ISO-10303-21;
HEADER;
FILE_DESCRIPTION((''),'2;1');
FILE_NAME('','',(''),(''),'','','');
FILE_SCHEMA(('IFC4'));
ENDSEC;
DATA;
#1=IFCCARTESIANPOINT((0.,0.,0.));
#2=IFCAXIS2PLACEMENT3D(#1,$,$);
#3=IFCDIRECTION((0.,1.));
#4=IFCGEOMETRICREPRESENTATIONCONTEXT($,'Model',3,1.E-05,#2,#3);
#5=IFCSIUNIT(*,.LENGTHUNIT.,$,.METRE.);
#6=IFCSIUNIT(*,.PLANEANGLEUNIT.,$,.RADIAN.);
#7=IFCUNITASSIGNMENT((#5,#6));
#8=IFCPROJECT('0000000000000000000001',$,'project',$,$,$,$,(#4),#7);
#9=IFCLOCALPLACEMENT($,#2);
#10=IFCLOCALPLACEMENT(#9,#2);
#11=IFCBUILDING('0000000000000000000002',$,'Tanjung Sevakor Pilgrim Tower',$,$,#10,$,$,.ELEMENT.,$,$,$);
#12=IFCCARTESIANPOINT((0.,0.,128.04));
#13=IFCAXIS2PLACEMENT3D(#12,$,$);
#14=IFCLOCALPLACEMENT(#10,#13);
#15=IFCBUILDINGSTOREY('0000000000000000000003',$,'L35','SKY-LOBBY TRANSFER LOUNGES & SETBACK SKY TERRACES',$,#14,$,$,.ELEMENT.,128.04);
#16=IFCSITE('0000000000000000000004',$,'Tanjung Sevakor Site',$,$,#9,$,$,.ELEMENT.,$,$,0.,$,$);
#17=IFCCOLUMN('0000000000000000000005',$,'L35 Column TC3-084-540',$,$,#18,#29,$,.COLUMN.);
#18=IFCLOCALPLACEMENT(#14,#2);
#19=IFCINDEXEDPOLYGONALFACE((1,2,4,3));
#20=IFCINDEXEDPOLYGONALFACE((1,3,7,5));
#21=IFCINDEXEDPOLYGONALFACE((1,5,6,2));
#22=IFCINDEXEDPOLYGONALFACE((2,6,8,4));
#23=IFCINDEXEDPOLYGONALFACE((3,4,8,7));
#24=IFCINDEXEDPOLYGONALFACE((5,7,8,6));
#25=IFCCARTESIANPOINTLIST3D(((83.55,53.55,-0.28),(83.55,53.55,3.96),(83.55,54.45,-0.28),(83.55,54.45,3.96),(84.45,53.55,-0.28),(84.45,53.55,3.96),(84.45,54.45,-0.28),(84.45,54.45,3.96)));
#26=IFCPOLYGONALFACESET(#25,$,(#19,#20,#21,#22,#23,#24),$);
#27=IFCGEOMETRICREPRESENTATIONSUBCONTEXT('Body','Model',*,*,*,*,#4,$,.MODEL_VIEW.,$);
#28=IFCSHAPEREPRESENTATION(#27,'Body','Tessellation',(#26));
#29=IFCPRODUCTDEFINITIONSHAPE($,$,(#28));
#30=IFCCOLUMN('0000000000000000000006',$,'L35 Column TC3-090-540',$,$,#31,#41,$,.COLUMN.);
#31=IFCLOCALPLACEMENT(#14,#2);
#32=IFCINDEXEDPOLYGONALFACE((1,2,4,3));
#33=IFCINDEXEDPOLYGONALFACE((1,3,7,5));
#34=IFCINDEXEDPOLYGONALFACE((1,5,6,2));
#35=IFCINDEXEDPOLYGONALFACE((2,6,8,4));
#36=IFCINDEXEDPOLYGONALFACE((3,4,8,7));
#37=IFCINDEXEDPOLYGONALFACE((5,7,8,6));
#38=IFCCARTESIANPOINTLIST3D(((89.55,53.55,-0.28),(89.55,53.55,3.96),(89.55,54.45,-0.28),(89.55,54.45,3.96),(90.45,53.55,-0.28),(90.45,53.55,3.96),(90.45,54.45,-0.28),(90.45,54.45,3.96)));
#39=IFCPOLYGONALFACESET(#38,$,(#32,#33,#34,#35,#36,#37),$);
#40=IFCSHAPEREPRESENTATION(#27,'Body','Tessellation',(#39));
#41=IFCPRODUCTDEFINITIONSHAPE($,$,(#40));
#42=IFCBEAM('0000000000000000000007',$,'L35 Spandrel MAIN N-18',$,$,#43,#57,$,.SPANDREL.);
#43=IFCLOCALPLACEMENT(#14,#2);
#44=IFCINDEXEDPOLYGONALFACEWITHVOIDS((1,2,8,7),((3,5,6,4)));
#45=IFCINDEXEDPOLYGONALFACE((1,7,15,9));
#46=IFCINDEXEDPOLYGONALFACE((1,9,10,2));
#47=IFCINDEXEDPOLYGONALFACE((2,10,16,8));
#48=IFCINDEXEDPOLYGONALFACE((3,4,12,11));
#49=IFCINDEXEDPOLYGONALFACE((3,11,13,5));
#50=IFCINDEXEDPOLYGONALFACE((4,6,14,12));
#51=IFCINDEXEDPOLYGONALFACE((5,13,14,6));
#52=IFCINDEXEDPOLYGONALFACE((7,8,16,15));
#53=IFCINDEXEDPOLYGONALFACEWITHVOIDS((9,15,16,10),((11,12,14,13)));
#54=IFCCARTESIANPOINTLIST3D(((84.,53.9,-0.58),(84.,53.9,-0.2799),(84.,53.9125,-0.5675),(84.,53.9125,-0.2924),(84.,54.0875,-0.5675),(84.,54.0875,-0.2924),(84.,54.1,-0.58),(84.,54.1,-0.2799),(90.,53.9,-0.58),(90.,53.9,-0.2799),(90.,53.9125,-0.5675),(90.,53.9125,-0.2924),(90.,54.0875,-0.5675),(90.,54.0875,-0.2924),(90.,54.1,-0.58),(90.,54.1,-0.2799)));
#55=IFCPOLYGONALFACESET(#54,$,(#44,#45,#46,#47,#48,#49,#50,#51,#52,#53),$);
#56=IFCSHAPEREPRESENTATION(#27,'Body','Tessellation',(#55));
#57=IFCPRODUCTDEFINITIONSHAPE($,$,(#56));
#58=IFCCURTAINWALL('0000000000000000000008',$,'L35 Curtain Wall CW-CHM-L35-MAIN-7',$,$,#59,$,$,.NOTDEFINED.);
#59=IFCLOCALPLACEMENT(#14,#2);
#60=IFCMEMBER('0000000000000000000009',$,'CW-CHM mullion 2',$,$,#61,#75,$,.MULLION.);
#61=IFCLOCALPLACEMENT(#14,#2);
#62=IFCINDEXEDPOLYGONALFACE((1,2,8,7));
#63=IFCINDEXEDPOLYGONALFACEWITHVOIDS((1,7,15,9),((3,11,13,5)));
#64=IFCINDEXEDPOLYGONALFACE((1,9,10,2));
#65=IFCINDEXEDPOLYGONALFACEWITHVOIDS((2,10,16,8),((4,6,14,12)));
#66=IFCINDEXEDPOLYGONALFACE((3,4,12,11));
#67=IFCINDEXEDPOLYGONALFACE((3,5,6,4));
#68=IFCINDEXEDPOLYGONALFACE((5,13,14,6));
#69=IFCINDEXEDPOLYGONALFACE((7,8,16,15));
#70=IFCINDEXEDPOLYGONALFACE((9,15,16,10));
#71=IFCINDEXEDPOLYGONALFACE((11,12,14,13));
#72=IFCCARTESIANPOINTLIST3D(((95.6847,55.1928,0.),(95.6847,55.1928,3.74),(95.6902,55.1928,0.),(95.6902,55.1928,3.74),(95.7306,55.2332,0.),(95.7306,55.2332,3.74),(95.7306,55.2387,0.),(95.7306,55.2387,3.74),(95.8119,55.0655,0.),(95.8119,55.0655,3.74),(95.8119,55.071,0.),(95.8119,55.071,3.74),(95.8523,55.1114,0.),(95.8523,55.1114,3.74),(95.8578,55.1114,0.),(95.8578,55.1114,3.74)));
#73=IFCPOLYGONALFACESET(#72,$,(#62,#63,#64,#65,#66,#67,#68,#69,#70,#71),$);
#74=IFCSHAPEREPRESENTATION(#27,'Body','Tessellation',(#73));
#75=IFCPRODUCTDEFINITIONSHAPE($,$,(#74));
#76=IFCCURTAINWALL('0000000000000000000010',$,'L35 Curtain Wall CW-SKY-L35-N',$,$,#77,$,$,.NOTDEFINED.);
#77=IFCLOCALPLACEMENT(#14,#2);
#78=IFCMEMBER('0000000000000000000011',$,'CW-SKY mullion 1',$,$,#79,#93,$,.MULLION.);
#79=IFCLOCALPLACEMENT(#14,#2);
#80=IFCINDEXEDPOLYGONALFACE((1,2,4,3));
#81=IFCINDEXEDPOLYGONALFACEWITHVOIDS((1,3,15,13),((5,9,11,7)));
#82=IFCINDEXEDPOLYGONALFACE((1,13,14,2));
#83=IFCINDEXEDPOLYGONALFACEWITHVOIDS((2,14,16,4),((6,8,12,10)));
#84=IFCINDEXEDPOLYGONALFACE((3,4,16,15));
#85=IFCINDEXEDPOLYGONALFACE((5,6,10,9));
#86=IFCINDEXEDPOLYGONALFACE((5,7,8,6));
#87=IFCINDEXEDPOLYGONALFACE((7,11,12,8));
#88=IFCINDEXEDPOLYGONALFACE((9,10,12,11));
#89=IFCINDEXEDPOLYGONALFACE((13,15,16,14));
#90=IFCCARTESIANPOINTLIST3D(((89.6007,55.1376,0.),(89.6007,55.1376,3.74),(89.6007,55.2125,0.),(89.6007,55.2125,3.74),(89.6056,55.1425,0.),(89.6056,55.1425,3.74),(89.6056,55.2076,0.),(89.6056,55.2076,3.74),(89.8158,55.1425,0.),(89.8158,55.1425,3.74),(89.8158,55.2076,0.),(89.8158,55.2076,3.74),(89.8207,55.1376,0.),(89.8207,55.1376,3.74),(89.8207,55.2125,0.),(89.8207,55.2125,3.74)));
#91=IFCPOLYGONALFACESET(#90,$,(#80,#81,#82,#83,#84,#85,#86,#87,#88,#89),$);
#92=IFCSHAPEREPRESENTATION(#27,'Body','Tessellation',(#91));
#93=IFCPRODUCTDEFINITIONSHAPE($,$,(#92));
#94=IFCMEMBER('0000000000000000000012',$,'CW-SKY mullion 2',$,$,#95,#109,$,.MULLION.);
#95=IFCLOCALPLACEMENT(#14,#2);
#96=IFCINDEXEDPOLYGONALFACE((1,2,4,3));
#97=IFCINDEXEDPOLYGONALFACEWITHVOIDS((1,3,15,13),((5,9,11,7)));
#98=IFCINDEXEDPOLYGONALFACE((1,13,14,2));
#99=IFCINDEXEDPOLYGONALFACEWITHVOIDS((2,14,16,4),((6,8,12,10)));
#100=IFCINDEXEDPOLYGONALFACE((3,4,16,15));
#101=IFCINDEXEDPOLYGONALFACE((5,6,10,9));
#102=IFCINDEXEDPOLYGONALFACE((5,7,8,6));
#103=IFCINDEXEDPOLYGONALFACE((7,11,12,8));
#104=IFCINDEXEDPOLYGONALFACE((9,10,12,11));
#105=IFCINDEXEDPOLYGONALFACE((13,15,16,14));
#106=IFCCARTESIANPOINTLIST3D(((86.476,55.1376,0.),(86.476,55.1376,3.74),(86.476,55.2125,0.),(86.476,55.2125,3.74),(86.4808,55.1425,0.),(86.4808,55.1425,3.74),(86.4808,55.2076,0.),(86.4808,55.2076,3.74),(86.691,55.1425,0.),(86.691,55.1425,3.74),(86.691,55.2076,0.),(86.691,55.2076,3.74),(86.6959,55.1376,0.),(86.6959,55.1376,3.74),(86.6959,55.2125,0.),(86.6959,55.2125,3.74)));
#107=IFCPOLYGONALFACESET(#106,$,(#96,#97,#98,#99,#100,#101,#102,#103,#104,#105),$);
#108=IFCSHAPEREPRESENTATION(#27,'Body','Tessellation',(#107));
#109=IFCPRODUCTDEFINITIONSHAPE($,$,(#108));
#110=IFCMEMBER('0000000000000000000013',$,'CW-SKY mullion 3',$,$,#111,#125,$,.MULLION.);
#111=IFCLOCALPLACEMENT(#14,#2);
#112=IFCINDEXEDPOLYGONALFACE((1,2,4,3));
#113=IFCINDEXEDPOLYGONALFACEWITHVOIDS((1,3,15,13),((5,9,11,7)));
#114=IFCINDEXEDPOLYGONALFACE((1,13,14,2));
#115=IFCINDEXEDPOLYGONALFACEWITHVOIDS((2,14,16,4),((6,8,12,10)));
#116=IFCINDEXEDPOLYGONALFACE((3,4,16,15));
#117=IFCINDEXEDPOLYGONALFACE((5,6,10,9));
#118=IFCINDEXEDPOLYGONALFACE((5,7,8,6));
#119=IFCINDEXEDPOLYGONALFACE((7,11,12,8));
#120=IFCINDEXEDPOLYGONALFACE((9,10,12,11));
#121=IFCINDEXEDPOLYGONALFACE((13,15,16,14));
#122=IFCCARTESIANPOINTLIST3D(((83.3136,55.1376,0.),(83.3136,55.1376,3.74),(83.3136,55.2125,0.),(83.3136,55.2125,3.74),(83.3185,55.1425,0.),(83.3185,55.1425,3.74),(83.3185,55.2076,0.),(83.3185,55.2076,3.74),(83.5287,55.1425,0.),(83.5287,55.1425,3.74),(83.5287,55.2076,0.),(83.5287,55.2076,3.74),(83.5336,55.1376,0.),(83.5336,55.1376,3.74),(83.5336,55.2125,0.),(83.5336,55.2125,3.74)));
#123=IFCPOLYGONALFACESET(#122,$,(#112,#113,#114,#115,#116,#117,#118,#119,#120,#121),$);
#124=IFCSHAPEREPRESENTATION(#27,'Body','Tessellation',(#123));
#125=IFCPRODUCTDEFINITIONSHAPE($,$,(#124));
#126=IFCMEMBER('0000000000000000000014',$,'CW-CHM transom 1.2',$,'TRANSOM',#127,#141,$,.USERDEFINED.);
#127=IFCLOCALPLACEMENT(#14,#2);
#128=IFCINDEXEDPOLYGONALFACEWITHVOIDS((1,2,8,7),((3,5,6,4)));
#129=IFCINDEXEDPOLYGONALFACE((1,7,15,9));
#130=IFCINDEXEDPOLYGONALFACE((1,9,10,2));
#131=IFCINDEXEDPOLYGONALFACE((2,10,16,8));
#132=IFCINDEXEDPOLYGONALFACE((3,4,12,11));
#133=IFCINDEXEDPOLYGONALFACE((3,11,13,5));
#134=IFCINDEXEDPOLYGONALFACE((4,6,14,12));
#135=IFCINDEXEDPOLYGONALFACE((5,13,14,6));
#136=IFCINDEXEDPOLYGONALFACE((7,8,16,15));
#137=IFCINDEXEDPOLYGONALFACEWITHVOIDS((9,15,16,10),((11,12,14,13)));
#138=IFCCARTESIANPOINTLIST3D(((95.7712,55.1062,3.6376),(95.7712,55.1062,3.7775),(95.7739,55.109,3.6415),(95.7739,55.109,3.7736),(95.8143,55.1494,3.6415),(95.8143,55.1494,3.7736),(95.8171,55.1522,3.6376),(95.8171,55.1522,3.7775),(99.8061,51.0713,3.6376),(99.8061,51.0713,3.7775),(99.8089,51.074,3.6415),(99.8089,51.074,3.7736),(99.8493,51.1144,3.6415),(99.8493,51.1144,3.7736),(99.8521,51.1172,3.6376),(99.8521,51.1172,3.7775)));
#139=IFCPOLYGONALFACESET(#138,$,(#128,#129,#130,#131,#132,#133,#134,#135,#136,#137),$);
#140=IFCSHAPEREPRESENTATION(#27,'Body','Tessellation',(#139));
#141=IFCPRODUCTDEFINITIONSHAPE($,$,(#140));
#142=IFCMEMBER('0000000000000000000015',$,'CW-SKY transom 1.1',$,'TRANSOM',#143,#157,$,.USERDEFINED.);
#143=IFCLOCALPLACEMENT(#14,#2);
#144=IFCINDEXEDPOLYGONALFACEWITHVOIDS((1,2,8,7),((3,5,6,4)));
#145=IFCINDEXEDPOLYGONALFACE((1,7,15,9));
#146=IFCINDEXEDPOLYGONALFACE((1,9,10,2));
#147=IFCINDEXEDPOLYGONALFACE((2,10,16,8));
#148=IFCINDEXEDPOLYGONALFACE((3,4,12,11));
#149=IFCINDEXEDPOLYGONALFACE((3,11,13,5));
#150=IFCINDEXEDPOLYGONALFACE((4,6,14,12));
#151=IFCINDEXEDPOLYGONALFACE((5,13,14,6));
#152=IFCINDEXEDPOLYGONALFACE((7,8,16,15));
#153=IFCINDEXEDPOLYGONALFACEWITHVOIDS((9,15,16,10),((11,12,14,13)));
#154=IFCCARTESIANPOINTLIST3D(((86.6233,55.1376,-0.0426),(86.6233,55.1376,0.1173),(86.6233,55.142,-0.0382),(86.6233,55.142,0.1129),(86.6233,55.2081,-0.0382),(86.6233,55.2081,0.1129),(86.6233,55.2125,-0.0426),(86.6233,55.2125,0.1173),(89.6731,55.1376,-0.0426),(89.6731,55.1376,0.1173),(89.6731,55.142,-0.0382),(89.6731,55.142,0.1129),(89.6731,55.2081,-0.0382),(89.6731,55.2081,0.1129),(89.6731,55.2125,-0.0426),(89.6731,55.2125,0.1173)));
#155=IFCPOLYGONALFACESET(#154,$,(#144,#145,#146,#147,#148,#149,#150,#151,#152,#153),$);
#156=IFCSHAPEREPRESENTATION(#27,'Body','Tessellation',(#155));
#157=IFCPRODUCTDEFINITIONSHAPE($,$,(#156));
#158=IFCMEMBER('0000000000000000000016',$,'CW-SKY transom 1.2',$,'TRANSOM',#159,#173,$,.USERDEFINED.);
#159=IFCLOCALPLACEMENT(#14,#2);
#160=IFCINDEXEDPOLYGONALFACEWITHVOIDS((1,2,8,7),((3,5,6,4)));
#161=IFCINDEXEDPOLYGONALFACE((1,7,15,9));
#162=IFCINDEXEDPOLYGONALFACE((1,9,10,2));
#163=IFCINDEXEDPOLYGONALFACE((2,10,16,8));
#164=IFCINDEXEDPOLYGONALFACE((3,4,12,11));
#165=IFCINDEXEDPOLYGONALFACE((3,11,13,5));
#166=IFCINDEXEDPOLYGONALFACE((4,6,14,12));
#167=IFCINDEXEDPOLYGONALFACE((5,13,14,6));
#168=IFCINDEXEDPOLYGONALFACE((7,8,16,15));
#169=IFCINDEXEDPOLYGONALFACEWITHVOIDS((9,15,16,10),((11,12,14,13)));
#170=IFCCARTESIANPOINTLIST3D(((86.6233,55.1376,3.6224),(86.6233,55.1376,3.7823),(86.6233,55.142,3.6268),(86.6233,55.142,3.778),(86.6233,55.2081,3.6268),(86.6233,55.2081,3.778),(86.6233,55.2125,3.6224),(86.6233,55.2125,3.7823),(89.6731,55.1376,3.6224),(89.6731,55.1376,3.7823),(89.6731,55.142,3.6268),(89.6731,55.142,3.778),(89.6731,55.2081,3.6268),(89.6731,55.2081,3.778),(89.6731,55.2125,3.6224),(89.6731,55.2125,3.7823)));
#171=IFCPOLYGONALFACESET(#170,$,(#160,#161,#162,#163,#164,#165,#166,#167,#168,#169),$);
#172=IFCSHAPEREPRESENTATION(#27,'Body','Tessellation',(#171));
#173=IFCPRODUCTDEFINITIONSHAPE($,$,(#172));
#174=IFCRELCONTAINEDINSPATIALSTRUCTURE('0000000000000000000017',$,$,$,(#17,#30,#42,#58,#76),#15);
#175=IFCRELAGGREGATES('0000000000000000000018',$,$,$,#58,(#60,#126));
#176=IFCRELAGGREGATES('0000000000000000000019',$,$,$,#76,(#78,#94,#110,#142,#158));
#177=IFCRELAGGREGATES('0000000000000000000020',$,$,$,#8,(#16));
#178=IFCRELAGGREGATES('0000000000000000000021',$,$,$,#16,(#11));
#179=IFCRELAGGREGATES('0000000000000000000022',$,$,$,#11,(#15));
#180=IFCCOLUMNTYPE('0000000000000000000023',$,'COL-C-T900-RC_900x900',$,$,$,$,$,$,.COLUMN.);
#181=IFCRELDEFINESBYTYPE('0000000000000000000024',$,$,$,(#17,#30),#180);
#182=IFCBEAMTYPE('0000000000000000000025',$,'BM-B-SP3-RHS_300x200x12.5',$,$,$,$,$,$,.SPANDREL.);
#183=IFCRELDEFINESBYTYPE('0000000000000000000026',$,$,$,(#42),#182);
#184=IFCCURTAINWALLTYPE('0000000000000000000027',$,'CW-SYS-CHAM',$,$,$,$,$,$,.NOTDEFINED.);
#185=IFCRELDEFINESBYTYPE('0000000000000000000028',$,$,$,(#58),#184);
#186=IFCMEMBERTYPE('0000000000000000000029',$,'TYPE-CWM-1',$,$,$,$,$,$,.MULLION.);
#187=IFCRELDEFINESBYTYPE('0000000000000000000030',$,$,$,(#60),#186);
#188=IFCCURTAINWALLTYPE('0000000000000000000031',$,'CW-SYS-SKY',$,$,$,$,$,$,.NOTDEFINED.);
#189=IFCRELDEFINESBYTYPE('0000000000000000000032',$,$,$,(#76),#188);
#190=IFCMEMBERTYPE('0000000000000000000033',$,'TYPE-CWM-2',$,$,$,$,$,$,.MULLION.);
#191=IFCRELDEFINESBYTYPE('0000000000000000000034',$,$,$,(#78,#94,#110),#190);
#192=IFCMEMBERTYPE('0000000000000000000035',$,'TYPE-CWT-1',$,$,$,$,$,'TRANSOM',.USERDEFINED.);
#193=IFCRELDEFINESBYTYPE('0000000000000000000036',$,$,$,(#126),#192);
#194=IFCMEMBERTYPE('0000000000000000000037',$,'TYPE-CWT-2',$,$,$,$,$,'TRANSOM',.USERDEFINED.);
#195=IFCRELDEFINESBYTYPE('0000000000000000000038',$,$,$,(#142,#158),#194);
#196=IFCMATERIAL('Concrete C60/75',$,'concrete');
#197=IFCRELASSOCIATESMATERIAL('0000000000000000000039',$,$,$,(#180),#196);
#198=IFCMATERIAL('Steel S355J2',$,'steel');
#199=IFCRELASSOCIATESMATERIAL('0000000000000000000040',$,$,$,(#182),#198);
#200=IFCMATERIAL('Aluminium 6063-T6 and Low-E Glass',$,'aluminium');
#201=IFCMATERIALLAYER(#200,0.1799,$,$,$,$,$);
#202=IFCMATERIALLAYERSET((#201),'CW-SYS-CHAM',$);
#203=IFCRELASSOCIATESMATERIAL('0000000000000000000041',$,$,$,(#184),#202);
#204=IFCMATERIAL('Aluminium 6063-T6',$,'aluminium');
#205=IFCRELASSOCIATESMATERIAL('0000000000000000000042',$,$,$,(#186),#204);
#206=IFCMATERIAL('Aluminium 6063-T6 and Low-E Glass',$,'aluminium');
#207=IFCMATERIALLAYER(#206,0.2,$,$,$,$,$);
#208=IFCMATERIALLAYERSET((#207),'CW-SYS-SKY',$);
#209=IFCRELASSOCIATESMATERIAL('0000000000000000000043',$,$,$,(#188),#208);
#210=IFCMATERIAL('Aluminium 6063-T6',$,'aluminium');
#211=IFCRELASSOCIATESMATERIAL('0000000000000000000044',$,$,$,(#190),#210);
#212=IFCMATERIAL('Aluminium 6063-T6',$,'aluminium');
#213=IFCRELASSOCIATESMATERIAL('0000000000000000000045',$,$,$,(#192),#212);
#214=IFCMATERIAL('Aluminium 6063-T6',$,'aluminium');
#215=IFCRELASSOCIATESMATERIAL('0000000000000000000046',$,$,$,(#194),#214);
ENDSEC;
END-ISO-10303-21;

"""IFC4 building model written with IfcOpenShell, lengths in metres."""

from ifc_helpers import new_model, si_unit, direction, frame, origin, origin_2d, place, context, subcontext, project, spatial, rectangle, hollow_rectangle, extrude, material, layer, layer_set, material_profile, profile_set, type_object, element, aggregate, save


model = new_model("IFC4")

# Units and contexts
model_context = context("Model", 3, precision=1e-05, world=origin(), true_north=direction((0.0, 1.0)))
body_context = subcontext(model_context, "Body", "Model", "MODEL_VIEW")
ifc_project = project(units=[si_unit("LENGTHUNIT", "METRE"), si_unit("PLANEANGLEUNIT", "RADIAN")], contexts=[model_context])

# Site, building, storey
site_placement = place(None, origin())
site = spatial("IfcSite", under=ifc_project, at=site_placement, Name="Tanjung Sevakor Site", CompositionType="ELEMENT", RefElevation=0.0)
building_placement = place(site_placement, origin())
building = spatial("IfcBuilding", under=site, at=building_placement, Name="Tanjung Sevakor Pilgrim Tower", CompositionType="ELEMENT")
storey_placement = place(building_placement, frame((0.0, 0.0, 128.04)))
storey = spatial("IfcBuildingStorey", under=building, at=storey_placement, Name="L35", Description="SKY-LOBBY TRANSFER LOUNGES & SETBACK SKY TERRACES", CompositionType="ELEMENT", Elevation=128.04)

# Columns
ifc_material_1 = material(Name="Concrete C60/75", Category="concrete")
ifc_material_profile_1 = material_profile(ifc_material_1, rectangle(XDim=0.8999, YDim=0.8999, at=origin_2d()))
ifc_profile_set_1 = profile_set([ifc_material_profile_1], Name="Concrete C60/75")
column_type = type_object("IfcColumnType", Name="COL-C-T900-RC_900x900", PredefinedType="COLUMN", material=ifc_profile_set_1)
for number, where, z_axis, x_axis, name in (
    (1, (84.0, 54.0, -0.28), (0.0, 0.0, 1.0), (1.0, 0.0, 0.0), "L35 Column TC3-084-540"),
    (2, (90.0, 54.0, -0.28), (0.0, 0.0, 1.0), (1.0, 0.0, 0.0), "L35 Column TC3-090-540"),
):
    element("IfcColumn", number, at=place(storey_placement, frame(where, z_axis=z_axis, x_axis=x_axis)), inside=storey, type_object=column_type, Name=name, PredefinedType="COLUMN", context=body_context, shape_type="SweptSolid", body=[
        extrude(rectangle(XDim=0.8999, YDim=0.8999, at=origin_2d()), origin(), (0.0, 0.0, 1.0), 4.24),
    ])

# Beam
ifc_material_2 = material(Name="Steel S355J2", Category="steel")
ifc_material_profile_2 = material_profile(ifc_material_2, hollow_rectangle(XDim=0.2, YDim=0.3, WallThickness=0.0125, at=origin_2d()))
ifc_profile_set_2 = profile_set([ifc_material_profile_2], Name="Steel S355J2")
beam_type = type_object("IfcBeamType", Name="BM-B-SP3-RHS_300x200x12.5", PredefinedType="SPANDREL", material=ifc_profile_set_2)
beam_placement = place(storey_placement, frame((84.0, 54.0, -0.4299), z_axis=(1.0, 0.0, 0.0), x_axis=(0.0, 1.0, 0.0)))
element("IfcBeam", 3, at=beam_placement, inside=storey, type_object=beam_type, Name="L35 Spandrel MAIN N-18", PredefinedType="SPANDREL", context=body_context, shape_type="SweptSolid", body=[
    extrude(hollow_rectangle(XDim=0.2, YDim=0.3, WallThickness=0.0125, at=origin_2d()), origin(), (0.0, 0.0, 1.0), 6.0),
])

# Curtain wall, member
ifc_material_3 = material(Name="Aluminium 6063-T6 and Low-E Glass", Category="aluminium")
ifc_layer_1 = layer(ifc_material_3, 0.1799)
ifc_layer_set_1 = layer_set([ifc_layer_1], Name="CW-SYS-CHAM")
curtain_wall_type_1 = type_object("IfcCurtainWallType", Name="CW-SYS-CHAM", PredefinedType="NOTDEFINED", material=ifc_layer_set_1)
curtain_wall_1_placement = place(storey_placement, origin())
curtain_wall_1 = element("IfcCurtainWall", 4, at=curtain_wall_1_placement, inside=storey, type_object=curtain_wall_type_1, Name="L35 Curtain Wall CW-CHM-L35-MAIN-7", PredefinedType="NOTDEFINED")
ifc_material_4 = material(Name="Aluminium 6063-T6", Category="aluminium")
ifc_material_profile_3 = material_profile(ifc_material_4, hollow_rectangle(XDim=0.0649, YDim=0.1799, WallThickness=0.0039, at=origin_2d()))
ifc_profile_set_3 = profile_set([ifc_material_profile_3], Name="Aluminium 6063-T6")
member_type_1 = type_object("IfcMemberType", Name="TYPE-CWM-1", PredefinedType="MULLION", material=ifc_profile_set_3)
member_1_placement = place(storey_placement, frame((95.7712, 55.1521, 0.0), z_axis=(0.0, 0.0, 1.0), x_axis=(-0.707107, -0.707107, 0.0)))
member_1 = element("IfcMember", 5, at=member_1_placement, type_object=member_type_1, Name="CW-CHM mullion 2", PredefinedType="MULLION", context=body_context, shape_type="SweptSolid", body=[
    extrude(hollow_rectangle(XDim=0.0649, YDim=0.1799, WallThickness=0.0039, at=origin_2d()), origin(), (0.0, 0.0, 1.0), 3.74),
])

# Curtain wall, members
ifc_material_5 = material(Name="Aluminium 6063-T6 and Low-E Glass", Category="aluminium")
ifc_layer_2 = layer(ifc_material_5, 0.2)
ifc_layer_set_2 = layer_set([ifc_layer_2], Name="CW-SYS-SKY")
curtain_wall_type_2 = type_object("IfcCurtainWallType", Name="CW-SYS-SKY", PredefinedType="NOTDEFINED", material=ifc_layer_set_2)
curtain_wall_2_placement = place(storey_placement, origin())
curtain_wall_2 = element("IfcCurtainWall", 6, at=curtain_wall_2_placement, inside=storey, type_object=curtain_wall_type_2, Name="L35 Curtain Wall CW-SKY-L35-N", PredefinedType="NOTDEFINED")
ifc_material_6 = material(Name="Aluminium 6063-T6", Category="aluminium")
ifc_material_profile_4 = material_profile(ifc_material_6, hollow_rectangle(XDim=0.075, YDim=0.22, WallThickness=0.0049, at=origin_2d()))
ifc_profile_set_4 = profile_set([ifc_material_profile_4], Name="Aluminium 6063-T6")
member_type_2 = type_object("IfcMemberType", Name="TYPE-CWM-2", PredefinedType="MULLION", material=ifc_profile_set_4)
member_2_placement = place(storey_placement, frame((89.7107, 55.175, 0.0), z_axis=(0.0, 0.0, 1.0), x_axis=(0.0, -1.0, 0.0)))
member_2 = element("IfcMember", 7, at=member_2_placement, type_object=member_type_2, Name="CW-SKY mullion 1", PredefinedType="MULLION", context=body_context, shape_type="SweptSolid", body=[
    extrude(hollow_rectangle(XDim=0.075, YDim=0.22, WallThickness=0.0049, at=origin_2d()), origin(), (0.0, 0.0, 1.0), 3.74),
])
member_3_placement = place(storey_placement, frame((86.5859, 55.175, 0.0), z_axis=(0.0, 0.0, 1.0), x_axis=(0.0, -1.0, 0.0)))
member_3 = element("IfcMember", 8, at=member_3_placement, type_object=member_type_2, Name="CW-SKY mullion 2", PredefinedType="MULLION", context=body_context, shape_type="SweptSolid", body=[
    extrude(hollow_rectangle(XDim=0.075, YDim=0.22, WallThickness=0.0049, at=origin_2d()), origin(), (0.0, 0.0, 1.0), 3.74),
])
member_4_placement = place(storey_placement, frame((83.4236, 55.175, 0.0), z_axis=(0.0, 0.0, 1.0), x_axis=(0.0, -1.0, 0.0)))
member_4 = element("IfcMember", 9, at=member_4_placement, type_object=member_type_2, Name="CW-SKY mullion 3", PredefinedType="MULLION", context=body_context, shape_type="SweptSolid", body=[
    extrude(hollow_rectangle(XDim=0.075, YDim=0.22, WallThickness=0.0049, at=origin_2d()), origin(), (0.0, 0.0, 1.0), 3.74),
])

# Members
ifc_material_7 = material(Name="Aluminium 6063-T6", Category="aluminium")
ifc_material_profile_5 = material_profile(ifc_material_7, hollow_rectangle(XDim=0.0649, YDim=0.1399, WallThickness=0.0039, at=origin_2d()))
ifc_profile_set_5 = profile_set([ifc_material_profile_5], Name="Aluminium 6063-T6")
member_type_3 = type_object("IfcMemberType", Name="TYPE-CWT-1", ElementType="TRANSOM", PredefinedType="USERDEFINED", material=ifc_profile_set_5)
member_5_placement = place(storey_placement, frame((99.8291, 51.0942, 3.7075), z_axis=(-0.707107, 0.707107, 0.0), x_axis=(-0.707107, -0.707107, 0.0)))
member_5 = element("IfcMember", 10, at=member_5_placement, type_object=member_type_3, Name="CW-CHM transom 1.2", ObjectType="TRANSOM", PredefinedType="USERDEFINED", context=body_context, shape_type="SweptSolid", body=[
    extrude(hollow_rectangle(XDim=0.0649, YDim=0.1399, WallThickness=0.0039, at=origin_2d()), origin(), (0.0, 0.0, 1.0), 5.7063),
])
ifc_material_8 = material(Name="Aluminium 6063-T6", Category="aluminium")
ifc_material_profile_6 = material_profile(ifc_material_8, hollow_rectangle(XDim=0.075, YDim=0.1599, WallThickness=0.0044, at=origin_2d()))
ifc_profile_set_6 = profile_set([ifc_material_profile_6], Name="Aluminium 6063-T6")
member_type_4 = type_object("IfcMemberType", Name="TYPE-CWT-2", ElementType="TRANSOM", PredefinedType="USERDEFINED", material=ifc_profile_set_6)
member_6_placement = place(storey_placement, frame((89.6731, 55.175, 0.0374), z_axis=(-1.0, 0.0, 0.0), x_axis=(0.0, -1.0, 0.0)))
member_6 = element("IfcMember", 11, at=member_6_placement, type_object=member_type_4, Name="CW-SKY transom 1.1", ObjectType="TRANSOM", PredefinedType="USERDEFINED", context=body_context, shape_type="SweptSolid", body=[
    extrude(hollow_rectangle(XDim=0.075, YDim=0.1599, WallThickness=0.0044, at=origin_2d()), origin(), (0.0, 0.0, 1.0), 3.0498),
])
member_7_placement = place(storey_placement, frame((89.6731, 55.175, 3.7024), z_axis=(-1.0, 0.0, 0.0), x_axis=(0.0, -1.0, 0.0)))
member_7 = element("IfcMember", 12, at=member_7_placement, type_object=member_type_4, Name="CW-SKY transom 1.2", ObjectType="TRANSOM", PredefinedType="USERDEFINED", context=body_context, shape_type="SweptSolid", body=[
    extrude(hollow_rectangle(XDim=0.075, YDim=0.1599, WallThickness=0.0044, at=origin_2d()), origin(), (0.0, 0.0, 1.0), 3.0498),
])

aggregate(curtain_wall_1, [member_1, member_5])
aggregate(curtain_wall_2, [member_2, member_3, member_4, member_6, member_7])

save(model, "model.ifc")
